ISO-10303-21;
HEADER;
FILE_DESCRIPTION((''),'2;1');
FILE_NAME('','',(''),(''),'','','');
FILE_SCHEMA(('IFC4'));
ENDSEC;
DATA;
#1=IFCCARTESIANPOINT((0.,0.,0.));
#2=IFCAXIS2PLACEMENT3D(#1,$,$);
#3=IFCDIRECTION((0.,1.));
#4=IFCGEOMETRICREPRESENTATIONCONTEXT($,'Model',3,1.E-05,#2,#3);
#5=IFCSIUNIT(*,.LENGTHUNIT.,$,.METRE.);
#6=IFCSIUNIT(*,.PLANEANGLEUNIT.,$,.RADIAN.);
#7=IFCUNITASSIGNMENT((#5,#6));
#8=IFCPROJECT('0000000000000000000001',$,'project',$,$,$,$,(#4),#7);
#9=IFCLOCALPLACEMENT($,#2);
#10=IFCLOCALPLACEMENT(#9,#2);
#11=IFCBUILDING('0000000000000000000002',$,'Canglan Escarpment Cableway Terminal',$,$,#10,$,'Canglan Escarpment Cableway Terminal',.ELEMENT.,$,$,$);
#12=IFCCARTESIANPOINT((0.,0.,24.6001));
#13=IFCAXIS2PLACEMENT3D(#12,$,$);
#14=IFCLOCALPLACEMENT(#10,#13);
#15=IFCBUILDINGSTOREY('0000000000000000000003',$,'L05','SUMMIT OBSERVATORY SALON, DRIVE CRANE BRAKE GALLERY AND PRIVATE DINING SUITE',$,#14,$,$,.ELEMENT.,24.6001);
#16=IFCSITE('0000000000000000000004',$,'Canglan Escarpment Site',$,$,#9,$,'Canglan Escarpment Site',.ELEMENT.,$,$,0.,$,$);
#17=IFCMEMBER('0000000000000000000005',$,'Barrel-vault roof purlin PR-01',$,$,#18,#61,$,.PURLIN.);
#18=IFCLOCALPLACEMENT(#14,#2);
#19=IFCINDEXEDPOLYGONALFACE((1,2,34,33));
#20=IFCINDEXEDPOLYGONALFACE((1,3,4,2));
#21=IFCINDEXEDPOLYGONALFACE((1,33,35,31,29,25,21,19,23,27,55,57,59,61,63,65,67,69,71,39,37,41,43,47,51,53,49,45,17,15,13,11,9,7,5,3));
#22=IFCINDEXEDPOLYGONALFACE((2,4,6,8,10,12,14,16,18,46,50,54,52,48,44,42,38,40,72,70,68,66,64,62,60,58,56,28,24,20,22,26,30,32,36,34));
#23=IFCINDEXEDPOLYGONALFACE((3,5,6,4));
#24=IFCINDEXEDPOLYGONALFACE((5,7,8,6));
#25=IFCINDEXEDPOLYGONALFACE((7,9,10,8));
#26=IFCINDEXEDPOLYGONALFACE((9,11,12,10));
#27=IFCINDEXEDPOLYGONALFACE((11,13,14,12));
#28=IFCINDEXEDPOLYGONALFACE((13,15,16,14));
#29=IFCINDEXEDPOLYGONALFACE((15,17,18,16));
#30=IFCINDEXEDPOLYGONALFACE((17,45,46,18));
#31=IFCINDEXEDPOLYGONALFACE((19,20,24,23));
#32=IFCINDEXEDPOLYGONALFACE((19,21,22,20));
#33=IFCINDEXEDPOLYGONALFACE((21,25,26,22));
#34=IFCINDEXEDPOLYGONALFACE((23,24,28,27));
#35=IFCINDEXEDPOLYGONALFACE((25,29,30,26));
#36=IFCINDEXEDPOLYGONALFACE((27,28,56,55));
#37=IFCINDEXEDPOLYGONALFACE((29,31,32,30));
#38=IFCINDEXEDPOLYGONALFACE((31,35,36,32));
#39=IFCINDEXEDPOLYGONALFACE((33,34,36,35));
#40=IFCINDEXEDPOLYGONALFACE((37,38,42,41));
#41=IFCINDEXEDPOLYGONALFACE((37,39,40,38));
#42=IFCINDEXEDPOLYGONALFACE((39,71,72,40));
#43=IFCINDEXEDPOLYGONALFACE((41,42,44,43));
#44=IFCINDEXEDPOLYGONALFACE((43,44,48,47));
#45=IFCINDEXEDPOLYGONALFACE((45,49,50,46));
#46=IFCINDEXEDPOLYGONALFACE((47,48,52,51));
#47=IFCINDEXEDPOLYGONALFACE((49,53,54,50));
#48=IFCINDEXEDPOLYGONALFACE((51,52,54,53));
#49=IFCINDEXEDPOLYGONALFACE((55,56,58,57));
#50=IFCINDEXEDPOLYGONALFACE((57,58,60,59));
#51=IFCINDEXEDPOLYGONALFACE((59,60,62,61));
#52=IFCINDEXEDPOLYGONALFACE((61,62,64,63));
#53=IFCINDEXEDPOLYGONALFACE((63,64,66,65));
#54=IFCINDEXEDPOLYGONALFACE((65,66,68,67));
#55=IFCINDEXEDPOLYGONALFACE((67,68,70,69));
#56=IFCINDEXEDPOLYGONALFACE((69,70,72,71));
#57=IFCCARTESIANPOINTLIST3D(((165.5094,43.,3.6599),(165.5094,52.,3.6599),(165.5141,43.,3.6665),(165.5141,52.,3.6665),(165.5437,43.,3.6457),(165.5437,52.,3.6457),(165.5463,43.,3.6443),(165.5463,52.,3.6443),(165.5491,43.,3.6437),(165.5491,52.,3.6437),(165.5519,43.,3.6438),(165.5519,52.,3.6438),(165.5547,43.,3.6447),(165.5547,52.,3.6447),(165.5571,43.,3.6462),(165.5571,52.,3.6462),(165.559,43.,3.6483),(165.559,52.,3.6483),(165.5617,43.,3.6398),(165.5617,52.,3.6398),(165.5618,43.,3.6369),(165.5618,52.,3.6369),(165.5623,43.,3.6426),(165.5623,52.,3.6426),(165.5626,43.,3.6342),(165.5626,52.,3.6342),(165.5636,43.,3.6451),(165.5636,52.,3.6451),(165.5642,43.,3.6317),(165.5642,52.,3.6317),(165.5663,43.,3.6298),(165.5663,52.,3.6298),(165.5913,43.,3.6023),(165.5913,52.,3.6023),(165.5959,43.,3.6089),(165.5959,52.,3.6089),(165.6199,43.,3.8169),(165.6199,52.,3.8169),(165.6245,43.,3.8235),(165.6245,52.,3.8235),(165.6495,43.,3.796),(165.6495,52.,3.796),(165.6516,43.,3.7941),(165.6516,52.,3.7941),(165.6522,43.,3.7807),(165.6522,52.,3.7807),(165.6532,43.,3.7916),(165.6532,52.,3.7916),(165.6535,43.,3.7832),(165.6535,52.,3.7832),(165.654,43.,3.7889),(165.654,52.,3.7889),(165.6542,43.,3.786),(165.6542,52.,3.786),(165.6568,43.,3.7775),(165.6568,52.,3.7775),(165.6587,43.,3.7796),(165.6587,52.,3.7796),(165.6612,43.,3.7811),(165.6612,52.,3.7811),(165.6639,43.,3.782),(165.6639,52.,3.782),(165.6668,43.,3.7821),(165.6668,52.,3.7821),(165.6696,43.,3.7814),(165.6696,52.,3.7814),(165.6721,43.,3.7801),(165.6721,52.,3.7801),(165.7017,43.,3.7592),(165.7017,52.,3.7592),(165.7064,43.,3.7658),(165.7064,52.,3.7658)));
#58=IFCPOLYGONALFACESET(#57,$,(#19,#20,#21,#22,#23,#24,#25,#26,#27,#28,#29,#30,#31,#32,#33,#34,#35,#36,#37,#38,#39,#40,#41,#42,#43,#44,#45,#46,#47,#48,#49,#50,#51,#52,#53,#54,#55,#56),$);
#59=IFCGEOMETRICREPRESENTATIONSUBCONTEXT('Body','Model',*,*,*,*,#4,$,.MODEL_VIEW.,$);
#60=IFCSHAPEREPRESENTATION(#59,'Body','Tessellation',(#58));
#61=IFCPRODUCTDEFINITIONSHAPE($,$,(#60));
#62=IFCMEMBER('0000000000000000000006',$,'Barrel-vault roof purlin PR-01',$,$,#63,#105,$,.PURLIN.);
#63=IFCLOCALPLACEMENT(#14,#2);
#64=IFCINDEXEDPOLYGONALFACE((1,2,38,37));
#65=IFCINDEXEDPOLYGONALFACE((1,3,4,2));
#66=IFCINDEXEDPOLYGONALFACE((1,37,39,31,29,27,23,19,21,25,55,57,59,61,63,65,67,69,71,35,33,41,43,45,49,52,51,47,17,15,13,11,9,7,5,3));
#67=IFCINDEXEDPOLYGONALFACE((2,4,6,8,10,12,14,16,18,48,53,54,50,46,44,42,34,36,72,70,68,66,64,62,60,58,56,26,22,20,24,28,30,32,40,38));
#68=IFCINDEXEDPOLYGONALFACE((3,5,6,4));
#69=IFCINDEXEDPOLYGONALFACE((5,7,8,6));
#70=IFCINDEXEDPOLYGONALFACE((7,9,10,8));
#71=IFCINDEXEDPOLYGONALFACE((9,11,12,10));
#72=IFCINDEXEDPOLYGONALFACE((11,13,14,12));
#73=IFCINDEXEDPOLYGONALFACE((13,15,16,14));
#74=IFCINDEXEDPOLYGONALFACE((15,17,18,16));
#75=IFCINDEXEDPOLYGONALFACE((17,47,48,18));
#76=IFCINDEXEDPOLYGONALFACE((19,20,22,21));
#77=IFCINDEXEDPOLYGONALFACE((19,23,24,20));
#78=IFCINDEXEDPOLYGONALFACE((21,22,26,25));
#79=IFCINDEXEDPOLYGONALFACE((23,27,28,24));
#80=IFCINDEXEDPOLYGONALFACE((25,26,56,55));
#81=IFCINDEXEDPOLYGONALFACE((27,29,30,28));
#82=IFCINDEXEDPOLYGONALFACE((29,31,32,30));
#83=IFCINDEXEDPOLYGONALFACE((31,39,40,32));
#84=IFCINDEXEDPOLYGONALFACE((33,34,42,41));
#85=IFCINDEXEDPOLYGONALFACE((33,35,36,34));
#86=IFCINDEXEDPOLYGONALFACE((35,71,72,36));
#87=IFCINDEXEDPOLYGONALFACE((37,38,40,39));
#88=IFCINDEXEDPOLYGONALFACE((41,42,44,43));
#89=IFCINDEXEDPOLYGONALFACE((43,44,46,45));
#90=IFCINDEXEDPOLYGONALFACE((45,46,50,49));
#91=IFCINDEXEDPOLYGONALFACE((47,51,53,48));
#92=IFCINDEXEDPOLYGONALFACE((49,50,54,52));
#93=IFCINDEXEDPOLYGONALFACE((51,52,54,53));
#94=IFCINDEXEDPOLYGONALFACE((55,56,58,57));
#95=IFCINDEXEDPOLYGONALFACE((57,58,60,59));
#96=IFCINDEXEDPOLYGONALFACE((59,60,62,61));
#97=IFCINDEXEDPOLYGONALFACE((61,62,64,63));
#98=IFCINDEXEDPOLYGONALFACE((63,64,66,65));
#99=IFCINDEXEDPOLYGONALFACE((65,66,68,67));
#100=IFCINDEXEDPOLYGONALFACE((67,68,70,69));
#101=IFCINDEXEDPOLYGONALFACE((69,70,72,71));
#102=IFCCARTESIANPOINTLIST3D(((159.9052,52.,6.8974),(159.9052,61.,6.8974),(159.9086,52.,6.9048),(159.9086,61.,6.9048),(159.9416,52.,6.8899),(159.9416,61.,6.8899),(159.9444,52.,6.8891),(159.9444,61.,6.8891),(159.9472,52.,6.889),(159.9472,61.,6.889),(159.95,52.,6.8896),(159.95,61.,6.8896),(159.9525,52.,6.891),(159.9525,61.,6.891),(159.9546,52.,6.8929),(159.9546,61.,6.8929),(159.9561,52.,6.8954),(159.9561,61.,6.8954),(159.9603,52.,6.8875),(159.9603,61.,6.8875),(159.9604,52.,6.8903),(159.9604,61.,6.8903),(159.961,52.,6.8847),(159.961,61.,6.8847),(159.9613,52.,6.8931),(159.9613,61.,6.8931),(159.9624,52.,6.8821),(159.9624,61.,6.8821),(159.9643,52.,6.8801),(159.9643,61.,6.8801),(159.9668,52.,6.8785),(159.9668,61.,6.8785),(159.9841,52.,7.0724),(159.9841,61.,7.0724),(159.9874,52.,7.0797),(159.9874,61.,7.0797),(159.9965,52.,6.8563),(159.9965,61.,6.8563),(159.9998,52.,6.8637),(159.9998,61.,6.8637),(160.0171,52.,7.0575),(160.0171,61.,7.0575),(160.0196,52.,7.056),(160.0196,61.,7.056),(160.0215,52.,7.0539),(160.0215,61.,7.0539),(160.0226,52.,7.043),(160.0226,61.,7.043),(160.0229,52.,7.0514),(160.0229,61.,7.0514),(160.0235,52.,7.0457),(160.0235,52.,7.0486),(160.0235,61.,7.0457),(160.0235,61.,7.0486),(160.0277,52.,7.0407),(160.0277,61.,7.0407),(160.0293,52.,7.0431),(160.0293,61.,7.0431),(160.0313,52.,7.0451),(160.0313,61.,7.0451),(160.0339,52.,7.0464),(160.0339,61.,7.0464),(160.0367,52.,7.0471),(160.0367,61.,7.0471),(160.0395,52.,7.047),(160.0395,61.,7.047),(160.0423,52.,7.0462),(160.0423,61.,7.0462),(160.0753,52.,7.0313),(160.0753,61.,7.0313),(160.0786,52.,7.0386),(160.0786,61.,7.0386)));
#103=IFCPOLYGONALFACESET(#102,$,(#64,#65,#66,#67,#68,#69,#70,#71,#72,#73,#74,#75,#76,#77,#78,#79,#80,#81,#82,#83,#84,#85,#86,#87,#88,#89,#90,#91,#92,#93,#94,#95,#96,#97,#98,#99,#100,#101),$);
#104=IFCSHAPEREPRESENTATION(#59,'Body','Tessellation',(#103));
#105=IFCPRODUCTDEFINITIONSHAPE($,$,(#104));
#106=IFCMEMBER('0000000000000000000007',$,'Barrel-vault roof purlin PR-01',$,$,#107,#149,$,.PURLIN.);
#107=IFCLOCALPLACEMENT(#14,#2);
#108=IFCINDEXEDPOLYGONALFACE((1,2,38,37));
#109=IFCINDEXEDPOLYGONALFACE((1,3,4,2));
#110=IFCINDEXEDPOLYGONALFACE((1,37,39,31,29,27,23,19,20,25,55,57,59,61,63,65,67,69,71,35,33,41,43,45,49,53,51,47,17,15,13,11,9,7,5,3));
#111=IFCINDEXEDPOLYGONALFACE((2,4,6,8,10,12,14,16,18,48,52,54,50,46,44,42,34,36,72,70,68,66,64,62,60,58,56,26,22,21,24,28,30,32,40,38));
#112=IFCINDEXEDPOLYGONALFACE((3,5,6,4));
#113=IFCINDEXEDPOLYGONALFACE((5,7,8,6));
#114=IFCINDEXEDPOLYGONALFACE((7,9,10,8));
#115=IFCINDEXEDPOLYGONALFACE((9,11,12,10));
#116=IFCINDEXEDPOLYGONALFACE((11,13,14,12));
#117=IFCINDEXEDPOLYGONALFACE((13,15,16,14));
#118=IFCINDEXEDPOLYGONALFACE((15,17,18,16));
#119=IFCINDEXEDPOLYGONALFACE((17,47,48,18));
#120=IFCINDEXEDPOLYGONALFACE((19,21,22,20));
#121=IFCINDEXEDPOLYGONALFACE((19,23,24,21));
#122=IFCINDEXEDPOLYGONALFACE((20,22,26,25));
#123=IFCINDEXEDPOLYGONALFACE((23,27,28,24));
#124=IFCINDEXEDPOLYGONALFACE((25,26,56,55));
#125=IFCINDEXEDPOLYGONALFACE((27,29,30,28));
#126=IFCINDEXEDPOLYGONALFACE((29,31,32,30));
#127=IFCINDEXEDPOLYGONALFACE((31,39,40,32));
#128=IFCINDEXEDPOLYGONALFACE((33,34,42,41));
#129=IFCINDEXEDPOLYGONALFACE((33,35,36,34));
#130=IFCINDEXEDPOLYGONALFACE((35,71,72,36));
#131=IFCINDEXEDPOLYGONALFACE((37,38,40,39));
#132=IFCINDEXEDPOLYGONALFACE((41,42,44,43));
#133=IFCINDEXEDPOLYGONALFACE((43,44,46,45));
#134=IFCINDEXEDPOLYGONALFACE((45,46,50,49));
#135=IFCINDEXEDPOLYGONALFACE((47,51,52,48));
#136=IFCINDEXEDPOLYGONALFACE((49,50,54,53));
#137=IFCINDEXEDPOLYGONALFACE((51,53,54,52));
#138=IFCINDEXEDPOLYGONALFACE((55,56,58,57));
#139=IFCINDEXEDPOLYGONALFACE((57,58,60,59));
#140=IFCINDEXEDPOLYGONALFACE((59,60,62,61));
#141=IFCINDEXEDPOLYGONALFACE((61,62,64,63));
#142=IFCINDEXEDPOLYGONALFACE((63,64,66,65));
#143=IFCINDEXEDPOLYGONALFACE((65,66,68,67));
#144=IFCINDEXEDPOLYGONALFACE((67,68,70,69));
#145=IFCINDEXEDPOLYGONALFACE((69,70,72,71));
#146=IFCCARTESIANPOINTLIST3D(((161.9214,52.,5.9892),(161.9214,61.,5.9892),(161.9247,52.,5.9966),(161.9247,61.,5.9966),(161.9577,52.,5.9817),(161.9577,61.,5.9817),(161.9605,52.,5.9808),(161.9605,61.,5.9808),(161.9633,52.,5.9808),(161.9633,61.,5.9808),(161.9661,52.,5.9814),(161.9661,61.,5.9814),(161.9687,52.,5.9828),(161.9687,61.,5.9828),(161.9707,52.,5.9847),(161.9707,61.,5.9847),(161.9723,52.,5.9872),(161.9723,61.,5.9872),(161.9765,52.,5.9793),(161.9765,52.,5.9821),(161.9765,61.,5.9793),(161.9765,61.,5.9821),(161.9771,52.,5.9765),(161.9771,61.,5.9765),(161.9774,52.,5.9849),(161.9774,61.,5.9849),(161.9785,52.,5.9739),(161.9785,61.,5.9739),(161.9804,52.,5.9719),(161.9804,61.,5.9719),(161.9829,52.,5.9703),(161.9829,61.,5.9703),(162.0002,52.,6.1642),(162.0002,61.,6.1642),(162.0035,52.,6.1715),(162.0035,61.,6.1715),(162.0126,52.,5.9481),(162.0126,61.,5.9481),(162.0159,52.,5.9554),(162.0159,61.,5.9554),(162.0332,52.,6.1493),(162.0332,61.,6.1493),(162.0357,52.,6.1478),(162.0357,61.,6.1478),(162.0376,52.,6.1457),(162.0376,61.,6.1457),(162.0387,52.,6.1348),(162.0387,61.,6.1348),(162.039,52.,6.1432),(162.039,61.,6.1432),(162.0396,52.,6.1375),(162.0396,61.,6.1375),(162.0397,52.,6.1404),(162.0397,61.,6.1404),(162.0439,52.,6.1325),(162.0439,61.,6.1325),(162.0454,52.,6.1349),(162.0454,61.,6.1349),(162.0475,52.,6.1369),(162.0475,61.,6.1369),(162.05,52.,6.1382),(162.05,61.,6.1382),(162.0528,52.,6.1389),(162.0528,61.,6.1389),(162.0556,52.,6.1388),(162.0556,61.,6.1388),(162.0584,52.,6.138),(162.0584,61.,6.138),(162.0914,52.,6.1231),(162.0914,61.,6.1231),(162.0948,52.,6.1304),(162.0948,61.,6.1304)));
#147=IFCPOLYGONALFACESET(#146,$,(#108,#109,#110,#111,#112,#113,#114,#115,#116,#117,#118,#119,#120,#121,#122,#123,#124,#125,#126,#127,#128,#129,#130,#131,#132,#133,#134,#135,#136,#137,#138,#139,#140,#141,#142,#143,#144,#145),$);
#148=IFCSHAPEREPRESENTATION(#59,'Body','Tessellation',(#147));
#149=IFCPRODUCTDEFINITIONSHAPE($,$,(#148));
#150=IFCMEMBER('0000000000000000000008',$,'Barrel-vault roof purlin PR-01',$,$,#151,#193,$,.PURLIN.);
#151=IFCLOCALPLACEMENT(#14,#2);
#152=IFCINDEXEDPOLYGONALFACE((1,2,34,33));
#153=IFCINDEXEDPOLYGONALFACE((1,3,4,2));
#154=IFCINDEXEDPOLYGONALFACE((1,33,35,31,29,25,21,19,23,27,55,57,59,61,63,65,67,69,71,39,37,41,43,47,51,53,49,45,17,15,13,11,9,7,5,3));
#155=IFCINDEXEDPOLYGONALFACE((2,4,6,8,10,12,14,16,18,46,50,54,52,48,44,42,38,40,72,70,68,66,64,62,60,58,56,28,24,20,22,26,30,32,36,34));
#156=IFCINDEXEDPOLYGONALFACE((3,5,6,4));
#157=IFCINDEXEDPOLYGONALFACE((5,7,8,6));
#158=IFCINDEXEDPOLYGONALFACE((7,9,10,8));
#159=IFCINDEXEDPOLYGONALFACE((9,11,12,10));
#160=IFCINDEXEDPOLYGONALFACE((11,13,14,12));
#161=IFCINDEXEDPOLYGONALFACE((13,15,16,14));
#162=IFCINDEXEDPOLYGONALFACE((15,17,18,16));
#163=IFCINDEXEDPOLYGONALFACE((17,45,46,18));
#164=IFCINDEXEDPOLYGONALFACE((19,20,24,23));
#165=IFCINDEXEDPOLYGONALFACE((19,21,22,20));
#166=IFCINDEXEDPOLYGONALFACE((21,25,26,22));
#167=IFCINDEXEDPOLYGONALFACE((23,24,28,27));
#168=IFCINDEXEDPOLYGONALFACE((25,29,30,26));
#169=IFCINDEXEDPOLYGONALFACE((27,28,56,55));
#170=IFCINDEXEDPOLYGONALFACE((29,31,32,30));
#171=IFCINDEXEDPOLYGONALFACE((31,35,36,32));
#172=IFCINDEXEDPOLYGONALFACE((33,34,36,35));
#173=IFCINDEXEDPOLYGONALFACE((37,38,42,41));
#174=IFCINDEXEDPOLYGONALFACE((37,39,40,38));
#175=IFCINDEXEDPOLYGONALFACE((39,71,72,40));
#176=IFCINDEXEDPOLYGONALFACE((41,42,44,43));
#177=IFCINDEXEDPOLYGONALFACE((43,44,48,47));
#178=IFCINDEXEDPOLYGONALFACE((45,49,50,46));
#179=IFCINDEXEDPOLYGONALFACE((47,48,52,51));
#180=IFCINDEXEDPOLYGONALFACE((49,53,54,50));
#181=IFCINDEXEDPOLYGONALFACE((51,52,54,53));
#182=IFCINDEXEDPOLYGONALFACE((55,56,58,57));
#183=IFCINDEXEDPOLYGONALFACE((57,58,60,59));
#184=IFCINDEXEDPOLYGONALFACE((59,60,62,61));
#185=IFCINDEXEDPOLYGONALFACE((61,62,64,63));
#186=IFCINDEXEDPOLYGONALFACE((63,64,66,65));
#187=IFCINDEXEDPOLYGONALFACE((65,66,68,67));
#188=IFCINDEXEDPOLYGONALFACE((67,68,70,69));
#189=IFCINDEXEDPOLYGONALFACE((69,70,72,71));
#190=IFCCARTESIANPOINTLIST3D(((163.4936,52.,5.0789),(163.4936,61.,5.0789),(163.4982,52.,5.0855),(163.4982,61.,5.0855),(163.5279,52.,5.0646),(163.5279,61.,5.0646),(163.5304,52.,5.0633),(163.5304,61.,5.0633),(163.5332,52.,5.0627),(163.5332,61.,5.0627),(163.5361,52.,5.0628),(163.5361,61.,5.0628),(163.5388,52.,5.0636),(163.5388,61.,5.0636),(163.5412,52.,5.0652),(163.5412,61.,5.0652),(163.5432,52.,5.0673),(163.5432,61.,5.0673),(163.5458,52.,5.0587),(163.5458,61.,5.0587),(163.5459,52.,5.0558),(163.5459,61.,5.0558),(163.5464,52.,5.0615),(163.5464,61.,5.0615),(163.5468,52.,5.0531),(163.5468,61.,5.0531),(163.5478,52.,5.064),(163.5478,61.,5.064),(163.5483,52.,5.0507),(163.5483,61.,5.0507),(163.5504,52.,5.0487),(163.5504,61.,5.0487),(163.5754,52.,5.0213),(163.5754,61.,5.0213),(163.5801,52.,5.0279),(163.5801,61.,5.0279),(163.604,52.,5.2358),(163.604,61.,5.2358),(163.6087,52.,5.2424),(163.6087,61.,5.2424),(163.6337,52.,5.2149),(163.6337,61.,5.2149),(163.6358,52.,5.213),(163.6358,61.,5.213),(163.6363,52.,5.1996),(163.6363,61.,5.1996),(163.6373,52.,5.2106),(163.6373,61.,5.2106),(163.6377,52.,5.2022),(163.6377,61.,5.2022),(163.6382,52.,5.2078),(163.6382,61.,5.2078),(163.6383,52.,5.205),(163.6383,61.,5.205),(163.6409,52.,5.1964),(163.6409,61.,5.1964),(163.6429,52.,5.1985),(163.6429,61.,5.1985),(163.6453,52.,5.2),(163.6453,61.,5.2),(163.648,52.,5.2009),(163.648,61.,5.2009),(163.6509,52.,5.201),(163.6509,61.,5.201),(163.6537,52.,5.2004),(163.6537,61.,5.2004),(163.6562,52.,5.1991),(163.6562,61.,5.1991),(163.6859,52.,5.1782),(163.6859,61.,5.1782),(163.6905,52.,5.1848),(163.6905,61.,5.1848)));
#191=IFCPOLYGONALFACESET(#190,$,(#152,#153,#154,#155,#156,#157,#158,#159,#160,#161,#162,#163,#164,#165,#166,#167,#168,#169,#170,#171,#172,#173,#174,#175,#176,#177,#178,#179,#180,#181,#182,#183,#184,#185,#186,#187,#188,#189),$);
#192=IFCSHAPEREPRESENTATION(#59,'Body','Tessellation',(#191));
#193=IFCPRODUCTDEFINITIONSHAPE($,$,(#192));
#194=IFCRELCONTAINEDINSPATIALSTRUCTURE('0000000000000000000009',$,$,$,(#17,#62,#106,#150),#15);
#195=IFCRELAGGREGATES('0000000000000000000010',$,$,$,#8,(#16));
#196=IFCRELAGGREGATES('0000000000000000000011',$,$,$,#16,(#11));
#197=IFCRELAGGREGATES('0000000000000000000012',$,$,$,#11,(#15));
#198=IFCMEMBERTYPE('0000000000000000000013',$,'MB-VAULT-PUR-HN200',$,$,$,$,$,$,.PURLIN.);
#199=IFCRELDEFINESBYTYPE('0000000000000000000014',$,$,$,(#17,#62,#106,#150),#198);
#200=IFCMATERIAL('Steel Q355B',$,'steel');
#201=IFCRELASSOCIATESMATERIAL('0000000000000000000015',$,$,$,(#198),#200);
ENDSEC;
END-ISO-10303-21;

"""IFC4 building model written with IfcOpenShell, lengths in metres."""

from ifc_helpers import new_model, si_unit, direction, frame, origin, origin_2d, place, context, subcontext, project, spatial, i_section, extrude, material, material_profile, profile_set, type_object, element, save


model = new_model("IFC4")

# Units and contexts
model_context = context("Model", 3, precision=1e-05, world=origin(), true_north=direction((0.0, 1.0)))
body_context = subcontext(model_context, "Body", "Model", "MODEL_VIEW")
ifc_project = project(units=[si_unit("LENGTHUNIT", "METRE"), si_unit("PLANEANGLEUNIT", "RADIAN")], contexts=[model_context])

# Site, building, storey
site_placement = place(None, origin())
site = spatial("IfcSite", under=ifc_project, at=site_placement, Name="Canglan Escarpment Site", LongName="Canglan Escarpment Site", CompositionType="ELEMENT", RefElevation=0.0)
building_placement = place(site_placement, origin())
building = spatial("IfcBuilding", under=site, at=building_placement, Name="Canglan Escarpment Cableway Terminal", LongName="Canglan Escarpment Cableway Terminal", CompositionType="ELEMENT")
storey_placement = place(building_placement, frame((0.0, 0.0, 24.6001)))
storey = spatial("IfcBuildingStorey", under=building, at=storey_placement, Name="L05", Description="SUMMIT OBSERVATORY SALON, DRIVE CRANE BRAKE GALLERY AND PRIVATE DINING SUITE", CompositionType="ELEMENT", Elevation=24.6001)

# Shared definitions
ifc_material_1 = material(Name="Steel Q355B", Category="steel")

# Members
ifc_material_profile_1 = material_profile(ifc_material_1, i_section(OverallWidth=0.1001, OverallDepth=0.2, WebThickness=0.0056, FlangeThickness=0.0081, FilletRadius=0.011, at=origin_2d()), Name="HN 200x100x5.5x8")
ifc_profile_set_1 = profile_set([ifc_material_profile_1], Name="Steel Q355B")
member_type_1 = type_object("IfcMemberType", Name="MB-VAULT-PUR-HN200", PredefinedType="PURLIN", material=ifc_profile_set_1)
for number, where, z_axis, x_axis, name in (
    (1, (165.6079, 43.0, 3.7129), (0.0, 1.0, 0.0), (-0.817728, 0.0, 0.575605), "Barrel-vault roof purlin PR-01"),
    (2, (159.9919, 52.0, 6.968), (0.0, 1.0, 0.0), (-0.911741, 0.0, 0.410767), "Barrel-vault roof purlin PR-01"),
    (3, (162.0081, 52.0, 6.0598), (0.0, 1.0, 0.0), (-0.911741, 0.0, 0.410767), "Barrel-vault roof purlin PR-01"),
    (4, (163.592, 52.0, 5.1318), (0.0, 1.0, 0.0), (-0.817728, 0.0, 0.575605), "Barrel-vault roof purlin PR-01"),
):
    element("IfcMember", number, at=place(storey_placement, frame(where, z_axis=z_axis, x_axis=x_axis)), inside=storey, type_object=member_type_1, Name=name, PredefinedType="PURLIN", context=body_context, shape_type="SweptSolid", body=[
        extrude(i_section(OverallWidth=0.1001, OverallDepth=0.2, WebThickness=0.0056, FlangeThickness=0.0081, FilletRadius=0.011, at=origin_2d()), origin(), (0.0, 0.0, 1.0), 9.0),
    ])

save(model, "model.ifc")
